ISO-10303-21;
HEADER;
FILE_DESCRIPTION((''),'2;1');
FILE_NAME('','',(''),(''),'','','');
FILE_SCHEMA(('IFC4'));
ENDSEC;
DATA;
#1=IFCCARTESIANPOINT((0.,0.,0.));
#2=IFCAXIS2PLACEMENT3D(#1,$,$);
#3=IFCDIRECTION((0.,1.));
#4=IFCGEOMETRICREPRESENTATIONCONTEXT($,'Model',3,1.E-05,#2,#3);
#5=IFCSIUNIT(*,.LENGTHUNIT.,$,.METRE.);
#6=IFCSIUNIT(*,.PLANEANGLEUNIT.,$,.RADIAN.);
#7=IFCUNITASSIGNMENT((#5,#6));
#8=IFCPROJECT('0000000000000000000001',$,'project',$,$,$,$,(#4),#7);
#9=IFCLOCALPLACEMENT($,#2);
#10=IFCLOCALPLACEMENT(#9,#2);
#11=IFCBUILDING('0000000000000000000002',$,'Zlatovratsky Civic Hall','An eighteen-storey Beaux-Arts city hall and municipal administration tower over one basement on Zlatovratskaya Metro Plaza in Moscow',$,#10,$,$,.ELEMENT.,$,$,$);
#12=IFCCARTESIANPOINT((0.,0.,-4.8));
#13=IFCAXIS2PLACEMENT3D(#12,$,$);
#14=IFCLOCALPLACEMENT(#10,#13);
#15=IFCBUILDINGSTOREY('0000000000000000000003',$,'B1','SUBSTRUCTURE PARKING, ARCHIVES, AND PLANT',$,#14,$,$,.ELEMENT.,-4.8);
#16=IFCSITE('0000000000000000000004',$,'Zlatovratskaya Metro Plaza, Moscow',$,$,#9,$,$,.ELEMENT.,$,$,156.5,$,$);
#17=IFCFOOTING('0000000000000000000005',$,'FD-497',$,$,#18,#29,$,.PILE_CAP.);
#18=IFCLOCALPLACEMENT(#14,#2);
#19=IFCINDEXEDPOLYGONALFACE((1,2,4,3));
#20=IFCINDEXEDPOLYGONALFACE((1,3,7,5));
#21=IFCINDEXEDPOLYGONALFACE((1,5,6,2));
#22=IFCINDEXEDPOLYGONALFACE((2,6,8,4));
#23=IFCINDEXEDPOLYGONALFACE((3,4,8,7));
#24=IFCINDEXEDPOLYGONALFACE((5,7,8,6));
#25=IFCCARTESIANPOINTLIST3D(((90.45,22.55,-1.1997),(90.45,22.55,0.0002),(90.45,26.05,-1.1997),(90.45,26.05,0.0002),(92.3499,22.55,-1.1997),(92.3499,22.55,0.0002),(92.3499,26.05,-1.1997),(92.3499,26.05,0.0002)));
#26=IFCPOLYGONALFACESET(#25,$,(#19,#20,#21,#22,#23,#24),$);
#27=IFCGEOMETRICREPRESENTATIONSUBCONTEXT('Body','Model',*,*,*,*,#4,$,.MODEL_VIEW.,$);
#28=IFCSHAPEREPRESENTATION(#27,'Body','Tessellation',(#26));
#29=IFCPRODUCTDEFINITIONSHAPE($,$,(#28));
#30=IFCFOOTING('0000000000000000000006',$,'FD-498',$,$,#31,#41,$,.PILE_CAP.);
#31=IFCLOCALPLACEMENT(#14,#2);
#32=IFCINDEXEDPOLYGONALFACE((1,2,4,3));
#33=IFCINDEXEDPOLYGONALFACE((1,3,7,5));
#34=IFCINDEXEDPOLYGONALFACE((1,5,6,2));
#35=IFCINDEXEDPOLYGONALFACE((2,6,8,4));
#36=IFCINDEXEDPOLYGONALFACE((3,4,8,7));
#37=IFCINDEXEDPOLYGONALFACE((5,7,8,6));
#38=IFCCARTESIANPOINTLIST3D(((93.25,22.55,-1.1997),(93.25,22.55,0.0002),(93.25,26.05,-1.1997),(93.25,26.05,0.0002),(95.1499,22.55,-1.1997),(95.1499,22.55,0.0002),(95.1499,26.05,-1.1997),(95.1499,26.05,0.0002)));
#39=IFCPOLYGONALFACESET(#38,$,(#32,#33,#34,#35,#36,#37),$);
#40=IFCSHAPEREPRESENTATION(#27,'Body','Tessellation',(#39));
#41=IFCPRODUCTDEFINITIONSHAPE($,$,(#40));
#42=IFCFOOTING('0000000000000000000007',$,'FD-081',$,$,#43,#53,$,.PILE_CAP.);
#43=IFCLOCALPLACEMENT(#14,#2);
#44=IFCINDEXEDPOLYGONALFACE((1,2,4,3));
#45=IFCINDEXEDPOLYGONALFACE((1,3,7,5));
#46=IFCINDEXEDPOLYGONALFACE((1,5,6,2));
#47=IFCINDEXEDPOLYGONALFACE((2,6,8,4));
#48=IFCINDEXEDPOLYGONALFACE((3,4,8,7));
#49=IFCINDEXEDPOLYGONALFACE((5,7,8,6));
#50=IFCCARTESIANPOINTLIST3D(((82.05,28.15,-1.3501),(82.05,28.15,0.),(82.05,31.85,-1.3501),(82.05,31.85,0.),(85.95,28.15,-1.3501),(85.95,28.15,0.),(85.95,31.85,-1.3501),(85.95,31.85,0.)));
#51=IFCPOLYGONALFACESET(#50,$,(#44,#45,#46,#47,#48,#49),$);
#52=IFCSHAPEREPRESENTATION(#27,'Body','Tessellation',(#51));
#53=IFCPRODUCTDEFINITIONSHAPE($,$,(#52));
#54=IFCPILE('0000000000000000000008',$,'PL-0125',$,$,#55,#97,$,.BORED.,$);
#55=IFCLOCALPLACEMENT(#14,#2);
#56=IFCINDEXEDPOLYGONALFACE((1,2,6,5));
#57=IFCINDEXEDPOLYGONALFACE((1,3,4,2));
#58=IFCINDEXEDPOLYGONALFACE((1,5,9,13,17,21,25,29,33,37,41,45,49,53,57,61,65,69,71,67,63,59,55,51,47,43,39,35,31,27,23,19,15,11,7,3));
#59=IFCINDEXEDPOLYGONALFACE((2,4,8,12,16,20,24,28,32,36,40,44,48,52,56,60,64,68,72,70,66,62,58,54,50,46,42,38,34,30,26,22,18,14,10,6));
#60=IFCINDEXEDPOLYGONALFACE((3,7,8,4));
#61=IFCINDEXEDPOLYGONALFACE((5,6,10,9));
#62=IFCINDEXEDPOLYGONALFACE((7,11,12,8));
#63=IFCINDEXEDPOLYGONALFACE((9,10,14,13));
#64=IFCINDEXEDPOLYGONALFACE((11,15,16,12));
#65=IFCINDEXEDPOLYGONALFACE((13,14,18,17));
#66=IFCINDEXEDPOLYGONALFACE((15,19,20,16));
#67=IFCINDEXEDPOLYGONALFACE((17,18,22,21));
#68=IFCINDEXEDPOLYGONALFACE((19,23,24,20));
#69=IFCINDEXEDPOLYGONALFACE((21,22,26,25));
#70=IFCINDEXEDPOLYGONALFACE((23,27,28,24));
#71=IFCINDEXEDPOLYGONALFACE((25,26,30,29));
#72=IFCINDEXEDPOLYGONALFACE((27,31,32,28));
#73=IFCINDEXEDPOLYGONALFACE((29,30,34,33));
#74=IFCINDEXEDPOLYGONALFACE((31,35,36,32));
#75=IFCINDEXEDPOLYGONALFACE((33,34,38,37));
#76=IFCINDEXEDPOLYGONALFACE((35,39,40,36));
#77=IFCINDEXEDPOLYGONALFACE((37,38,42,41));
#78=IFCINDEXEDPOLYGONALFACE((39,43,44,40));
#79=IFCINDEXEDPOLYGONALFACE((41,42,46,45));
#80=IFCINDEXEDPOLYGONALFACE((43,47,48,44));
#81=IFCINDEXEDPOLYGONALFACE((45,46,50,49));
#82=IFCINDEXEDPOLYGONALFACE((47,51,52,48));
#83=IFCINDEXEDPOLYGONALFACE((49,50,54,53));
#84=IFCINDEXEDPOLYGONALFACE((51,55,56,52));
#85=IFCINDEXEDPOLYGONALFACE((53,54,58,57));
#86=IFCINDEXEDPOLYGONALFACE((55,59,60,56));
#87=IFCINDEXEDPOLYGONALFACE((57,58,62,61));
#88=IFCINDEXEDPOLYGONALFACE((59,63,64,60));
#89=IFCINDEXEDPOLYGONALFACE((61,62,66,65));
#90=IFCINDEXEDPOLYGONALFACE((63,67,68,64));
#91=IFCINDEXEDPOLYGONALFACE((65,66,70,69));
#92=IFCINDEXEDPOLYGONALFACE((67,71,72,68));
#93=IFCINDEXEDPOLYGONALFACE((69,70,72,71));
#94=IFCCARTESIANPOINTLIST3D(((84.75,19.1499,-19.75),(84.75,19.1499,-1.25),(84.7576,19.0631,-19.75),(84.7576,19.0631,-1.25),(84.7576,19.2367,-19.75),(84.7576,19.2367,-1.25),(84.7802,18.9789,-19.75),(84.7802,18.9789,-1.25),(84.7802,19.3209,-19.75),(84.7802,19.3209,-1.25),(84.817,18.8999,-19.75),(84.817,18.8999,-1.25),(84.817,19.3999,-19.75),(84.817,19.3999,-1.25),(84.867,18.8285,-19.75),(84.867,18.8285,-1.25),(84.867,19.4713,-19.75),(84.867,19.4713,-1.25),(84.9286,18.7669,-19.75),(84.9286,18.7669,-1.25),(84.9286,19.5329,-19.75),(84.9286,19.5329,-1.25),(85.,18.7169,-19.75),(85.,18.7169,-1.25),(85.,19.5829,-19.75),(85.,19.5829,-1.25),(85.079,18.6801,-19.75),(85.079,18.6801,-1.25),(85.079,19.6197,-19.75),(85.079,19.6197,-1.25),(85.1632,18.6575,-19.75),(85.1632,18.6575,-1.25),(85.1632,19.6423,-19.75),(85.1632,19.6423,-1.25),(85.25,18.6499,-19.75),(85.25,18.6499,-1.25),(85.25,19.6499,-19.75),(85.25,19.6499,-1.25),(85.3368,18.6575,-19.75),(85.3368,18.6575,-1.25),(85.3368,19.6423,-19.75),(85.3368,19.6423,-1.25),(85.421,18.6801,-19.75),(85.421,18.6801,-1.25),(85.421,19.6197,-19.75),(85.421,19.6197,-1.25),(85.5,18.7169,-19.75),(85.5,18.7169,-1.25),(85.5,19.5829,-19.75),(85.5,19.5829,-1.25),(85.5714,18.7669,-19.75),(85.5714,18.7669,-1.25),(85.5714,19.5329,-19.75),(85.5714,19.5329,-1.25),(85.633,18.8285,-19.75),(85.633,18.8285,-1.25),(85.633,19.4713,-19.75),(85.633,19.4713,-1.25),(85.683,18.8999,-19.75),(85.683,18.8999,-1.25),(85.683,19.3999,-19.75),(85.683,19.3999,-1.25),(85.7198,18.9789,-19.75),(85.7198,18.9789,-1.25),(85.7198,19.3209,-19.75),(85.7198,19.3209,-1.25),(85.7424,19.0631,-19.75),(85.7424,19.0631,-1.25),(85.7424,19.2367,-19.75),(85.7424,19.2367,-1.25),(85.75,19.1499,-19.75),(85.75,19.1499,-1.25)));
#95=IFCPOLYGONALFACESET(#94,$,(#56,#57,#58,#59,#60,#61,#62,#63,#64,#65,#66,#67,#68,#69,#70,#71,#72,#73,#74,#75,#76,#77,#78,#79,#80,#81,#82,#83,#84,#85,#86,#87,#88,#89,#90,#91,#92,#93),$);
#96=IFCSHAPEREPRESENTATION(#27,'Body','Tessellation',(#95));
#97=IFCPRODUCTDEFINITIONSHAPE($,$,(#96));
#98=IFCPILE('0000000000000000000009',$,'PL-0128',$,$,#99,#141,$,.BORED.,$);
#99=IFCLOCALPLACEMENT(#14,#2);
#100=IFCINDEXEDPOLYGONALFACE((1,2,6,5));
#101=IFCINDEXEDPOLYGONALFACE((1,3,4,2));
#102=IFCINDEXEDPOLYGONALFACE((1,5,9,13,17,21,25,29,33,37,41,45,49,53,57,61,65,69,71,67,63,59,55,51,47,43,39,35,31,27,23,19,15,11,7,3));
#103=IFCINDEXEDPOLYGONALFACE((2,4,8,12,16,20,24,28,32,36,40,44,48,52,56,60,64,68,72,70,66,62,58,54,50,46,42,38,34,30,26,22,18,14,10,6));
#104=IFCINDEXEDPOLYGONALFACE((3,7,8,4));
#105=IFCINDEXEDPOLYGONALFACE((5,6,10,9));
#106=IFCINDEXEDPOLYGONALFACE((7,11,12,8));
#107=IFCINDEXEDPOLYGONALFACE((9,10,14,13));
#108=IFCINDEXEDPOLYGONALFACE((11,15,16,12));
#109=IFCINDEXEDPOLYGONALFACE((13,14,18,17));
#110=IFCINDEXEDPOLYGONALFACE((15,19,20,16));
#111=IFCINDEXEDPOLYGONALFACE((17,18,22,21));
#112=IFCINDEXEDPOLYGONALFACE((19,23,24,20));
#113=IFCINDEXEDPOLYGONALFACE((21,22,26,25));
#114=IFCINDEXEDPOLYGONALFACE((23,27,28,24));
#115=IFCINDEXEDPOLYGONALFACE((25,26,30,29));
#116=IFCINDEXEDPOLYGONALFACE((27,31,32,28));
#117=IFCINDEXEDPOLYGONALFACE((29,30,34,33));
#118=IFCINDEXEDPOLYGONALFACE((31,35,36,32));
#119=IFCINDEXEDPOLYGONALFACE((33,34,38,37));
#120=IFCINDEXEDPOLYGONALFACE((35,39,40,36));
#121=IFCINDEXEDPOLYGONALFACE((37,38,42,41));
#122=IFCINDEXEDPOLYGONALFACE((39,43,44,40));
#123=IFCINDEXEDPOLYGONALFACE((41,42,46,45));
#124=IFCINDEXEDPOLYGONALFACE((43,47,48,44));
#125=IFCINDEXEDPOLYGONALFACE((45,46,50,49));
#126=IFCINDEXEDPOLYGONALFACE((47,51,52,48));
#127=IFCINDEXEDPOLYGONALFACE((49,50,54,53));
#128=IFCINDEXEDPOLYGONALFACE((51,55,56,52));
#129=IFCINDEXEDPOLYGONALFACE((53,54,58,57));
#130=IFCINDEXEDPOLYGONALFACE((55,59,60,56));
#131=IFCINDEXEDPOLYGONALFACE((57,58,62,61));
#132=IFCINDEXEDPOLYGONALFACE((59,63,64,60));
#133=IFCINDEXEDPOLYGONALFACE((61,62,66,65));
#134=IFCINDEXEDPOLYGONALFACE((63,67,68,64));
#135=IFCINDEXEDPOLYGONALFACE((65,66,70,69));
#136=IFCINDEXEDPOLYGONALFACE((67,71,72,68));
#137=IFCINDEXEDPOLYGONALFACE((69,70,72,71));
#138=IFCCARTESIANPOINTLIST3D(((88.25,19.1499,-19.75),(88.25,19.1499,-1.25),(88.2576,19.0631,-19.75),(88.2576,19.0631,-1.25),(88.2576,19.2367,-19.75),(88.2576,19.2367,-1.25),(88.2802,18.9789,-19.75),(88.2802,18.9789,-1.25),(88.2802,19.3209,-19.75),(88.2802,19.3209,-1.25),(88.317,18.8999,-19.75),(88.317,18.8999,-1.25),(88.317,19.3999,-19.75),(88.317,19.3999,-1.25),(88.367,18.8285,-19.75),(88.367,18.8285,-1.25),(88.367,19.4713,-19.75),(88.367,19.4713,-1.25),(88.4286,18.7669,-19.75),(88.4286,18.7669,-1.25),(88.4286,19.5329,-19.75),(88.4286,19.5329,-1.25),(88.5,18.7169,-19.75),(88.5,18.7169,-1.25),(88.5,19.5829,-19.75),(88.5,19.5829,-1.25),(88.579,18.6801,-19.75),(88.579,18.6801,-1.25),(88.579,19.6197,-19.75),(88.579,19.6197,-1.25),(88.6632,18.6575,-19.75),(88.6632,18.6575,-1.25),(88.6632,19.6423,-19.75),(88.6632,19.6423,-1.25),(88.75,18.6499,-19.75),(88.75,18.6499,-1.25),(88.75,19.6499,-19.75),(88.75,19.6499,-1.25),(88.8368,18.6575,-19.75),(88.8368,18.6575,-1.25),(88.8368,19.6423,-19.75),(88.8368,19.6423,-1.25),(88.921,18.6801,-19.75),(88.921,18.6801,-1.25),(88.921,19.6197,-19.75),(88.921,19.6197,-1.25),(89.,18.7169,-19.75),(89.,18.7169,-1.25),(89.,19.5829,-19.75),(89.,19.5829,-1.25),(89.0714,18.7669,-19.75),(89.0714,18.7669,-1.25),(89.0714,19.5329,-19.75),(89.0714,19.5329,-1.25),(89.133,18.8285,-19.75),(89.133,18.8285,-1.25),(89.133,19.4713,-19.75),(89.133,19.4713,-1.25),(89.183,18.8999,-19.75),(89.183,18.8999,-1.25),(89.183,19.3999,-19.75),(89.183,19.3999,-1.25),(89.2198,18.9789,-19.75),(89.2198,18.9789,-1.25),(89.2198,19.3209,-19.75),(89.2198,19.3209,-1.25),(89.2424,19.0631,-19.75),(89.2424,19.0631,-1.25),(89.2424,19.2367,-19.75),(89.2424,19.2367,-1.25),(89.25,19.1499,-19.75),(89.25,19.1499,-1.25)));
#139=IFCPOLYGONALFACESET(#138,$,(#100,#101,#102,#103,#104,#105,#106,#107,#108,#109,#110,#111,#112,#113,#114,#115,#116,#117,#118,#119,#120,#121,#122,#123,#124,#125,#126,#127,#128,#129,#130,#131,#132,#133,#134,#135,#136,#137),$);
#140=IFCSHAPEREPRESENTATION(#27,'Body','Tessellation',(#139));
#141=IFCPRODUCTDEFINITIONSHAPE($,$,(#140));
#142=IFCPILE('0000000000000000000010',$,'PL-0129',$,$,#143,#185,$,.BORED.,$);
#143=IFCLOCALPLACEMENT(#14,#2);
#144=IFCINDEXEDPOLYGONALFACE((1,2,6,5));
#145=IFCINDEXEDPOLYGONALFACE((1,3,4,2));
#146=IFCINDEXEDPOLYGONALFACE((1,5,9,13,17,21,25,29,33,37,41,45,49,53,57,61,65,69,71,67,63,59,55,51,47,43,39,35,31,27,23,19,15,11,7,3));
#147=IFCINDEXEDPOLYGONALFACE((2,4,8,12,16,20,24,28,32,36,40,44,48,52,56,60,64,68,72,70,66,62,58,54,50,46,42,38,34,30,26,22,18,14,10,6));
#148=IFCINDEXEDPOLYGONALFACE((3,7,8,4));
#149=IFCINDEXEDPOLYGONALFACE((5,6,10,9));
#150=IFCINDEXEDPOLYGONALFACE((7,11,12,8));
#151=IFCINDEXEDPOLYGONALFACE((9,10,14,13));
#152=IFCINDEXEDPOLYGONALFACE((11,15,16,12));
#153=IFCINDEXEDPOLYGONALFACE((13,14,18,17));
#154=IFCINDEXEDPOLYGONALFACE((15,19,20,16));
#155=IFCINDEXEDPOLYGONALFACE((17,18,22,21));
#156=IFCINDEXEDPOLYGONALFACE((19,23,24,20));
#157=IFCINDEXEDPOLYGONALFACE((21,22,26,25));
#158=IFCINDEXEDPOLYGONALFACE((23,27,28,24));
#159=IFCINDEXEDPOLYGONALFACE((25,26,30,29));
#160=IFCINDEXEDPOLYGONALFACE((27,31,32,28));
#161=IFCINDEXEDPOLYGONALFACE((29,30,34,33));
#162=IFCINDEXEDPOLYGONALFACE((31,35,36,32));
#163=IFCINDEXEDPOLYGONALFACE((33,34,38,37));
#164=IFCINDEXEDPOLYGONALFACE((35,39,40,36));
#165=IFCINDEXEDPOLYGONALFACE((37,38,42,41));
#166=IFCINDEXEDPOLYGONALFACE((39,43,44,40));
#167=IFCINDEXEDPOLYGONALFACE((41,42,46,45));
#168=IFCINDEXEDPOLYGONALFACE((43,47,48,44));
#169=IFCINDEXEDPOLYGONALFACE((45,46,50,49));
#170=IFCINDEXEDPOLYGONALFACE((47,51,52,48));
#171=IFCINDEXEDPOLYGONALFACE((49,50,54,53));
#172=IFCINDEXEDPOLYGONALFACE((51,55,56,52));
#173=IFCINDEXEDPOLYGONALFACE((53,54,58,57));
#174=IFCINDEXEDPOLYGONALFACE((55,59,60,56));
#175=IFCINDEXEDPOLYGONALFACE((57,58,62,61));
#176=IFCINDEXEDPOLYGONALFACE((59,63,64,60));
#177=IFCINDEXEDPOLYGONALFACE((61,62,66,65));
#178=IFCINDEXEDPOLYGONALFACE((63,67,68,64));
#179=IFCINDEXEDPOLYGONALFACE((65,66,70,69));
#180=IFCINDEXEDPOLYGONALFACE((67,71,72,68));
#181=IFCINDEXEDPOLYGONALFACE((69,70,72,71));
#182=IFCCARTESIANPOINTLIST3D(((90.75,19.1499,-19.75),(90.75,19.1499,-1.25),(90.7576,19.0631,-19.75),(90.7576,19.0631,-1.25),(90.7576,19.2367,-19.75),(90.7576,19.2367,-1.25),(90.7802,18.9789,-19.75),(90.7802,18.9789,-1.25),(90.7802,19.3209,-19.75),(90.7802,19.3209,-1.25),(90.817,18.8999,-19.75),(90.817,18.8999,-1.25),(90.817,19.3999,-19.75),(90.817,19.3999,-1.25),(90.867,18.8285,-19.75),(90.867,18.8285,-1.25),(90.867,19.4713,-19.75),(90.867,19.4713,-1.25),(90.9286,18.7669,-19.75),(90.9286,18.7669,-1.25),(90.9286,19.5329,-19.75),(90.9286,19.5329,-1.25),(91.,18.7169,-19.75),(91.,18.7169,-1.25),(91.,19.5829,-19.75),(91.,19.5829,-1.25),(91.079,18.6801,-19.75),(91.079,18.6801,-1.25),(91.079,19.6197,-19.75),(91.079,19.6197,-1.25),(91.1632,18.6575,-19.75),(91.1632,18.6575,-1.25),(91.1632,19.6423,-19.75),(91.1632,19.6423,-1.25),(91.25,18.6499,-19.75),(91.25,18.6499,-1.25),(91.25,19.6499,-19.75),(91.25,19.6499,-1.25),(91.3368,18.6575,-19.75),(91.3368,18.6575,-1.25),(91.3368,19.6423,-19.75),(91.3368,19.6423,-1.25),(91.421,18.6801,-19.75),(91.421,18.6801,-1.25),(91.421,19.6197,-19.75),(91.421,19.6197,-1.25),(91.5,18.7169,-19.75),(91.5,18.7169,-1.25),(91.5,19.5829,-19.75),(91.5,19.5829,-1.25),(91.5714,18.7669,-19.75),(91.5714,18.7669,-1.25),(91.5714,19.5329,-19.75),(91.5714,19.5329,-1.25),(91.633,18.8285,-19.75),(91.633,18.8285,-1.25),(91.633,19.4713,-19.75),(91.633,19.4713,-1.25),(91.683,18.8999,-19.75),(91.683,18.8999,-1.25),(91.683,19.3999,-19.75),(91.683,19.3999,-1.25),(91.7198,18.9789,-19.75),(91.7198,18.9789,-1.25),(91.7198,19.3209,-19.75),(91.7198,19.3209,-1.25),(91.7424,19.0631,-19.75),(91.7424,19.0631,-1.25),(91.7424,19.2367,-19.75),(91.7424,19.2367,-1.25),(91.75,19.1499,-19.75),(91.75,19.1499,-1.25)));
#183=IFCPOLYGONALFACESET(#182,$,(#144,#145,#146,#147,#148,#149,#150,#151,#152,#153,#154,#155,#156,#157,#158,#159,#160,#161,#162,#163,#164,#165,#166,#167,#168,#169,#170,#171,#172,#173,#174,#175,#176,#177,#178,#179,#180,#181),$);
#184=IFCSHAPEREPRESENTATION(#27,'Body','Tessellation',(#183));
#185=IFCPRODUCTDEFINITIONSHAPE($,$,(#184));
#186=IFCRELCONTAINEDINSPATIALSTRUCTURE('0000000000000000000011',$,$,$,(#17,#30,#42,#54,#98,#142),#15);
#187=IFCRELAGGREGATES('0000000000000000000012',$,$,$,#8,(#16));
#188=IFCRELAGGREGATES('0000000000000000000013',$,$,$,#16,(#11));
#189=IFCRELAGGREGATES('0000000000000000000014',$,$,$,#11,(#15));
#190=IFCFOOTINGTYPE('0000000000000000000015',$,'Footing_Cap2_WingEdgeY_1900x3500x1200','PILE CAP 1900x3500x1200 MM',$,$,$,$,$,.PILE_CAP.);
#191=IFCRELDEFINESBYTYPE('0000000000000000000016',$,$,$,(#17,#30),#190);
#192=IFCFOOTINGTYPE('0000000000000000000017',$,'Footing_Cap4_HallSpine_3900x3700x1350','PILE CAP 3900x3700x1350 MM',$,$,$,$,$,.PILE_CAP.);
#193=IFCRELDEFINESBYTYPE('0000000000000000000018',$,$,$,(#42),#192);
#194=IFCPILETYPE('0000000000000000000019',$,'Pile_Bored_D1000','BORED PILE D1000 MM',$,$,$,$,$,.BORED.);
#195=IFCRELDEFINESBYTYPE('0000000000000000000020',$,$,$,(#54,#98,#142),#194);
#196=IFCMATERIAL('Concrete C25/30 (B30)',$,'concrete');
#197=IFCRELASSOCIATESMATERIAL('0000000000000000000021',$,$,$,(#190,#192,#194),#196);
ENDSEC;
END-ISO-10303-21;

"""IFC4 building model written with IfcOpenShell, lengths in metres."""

from ifc_helpers import new_model, si_unit, direction, frame, origin, origin_2d, place, context, subcontext, project, spatial, rectangle, circle, extrude, material, material_profile, profile_set, type_object, element, save


model = new_model("IFC4")

# Units and contexts
model_context = context("Model", 3, precision=1e-05, world=origin(), true_north=direction((0.0, 1.0)))
body_context = subcontext(model_context, "Body", "Model", "MODEL_VIEW")
ifc_project = project(units=[si_unit("LENGTHUNIT", "METRE"), si_unit("PLANEANGLEUNIT", "RADIAN")], contexts=[model_context])

# Site, building, storey
site_placement = place(None, origin())
site = spatial("IfcSite", under=ifc_project, at=site_placement, Name="Zlatovratskaya Metro Plaza, Moscow", CompositionType="ELEMENT", RefElevation=156.5)
building_placement = place(site_placement, origin())
building = spatial("IfcBuilding", under=site, at=building_placement, Name="Zlatovratsky Civic Hall", Description="An eighteen-storey Beaux-Arts city hall and municipal administration tower over one basement on Zlatovratskaya Metro Plaza in Moscow", CompositionType="ELEMENT")
storey_placement = place(building_placement, frame((0.0, 0.0, -4.8)))
storey = spatial("IfcBuildingStorey", under=building, at=storey_placement, Name="B1", Description="SUBSTRUCTURE PARKING, ARCHIVES, AND PLANT", CompositionType="ELEMENT", Elevation=-4.8)

# Footings
ifc_material_1 = material(Name="Concrete C25/30 (B30)", Category="concrete")
footing_type_1 = type_object("IfcFootingType", Name="Footing_Cap2_WingEdgeY_1900x3500x1200", Description="PILE CAP 1900x3500x1200 MM", PredefinedType="PILE_CAP", material=ifc_material_1)
for number, where, z_axis, x_axis, name in (
    (1, (91.3999, 24.3, -1.1997), (0.0, 0.0, 1.0), (1.0, 0.0, 0.0), "FD-497"),
    (2, (94.2, 24.3, -1.1997), (0.0, 0.0, 1.0), (1.0, 0.0, 0.0), "FD-498"),
):
    element("IfcFooting", number, at=place(storey_placement, frame(where, z_axis=z_axis, x_axis=x_axis)), inside=storey, type_object=footing_type_1, Name=name, PredefinedType="PILE_CAP", context=body_context, shape_type="SweptSolid", body=[
        extrude(rectangle(XDim=1.8999, YDim=3.5, at=origin_2d()), origin(), (0.0, 0.0, 1.0), 1.2),
    ])
footing_type_2 = type_object("IfcFootingType", Name="Footing_Cap4_HallSpine_3900x3700x1350", Description="PILE CAP 3900x3700x1350 MM", PredefinedType="PILE_CAP", material=ifc_material_1)
footing_placement = place(storey_placement, frame((84.0, 30.0, -1.3501), z_axis=(0.0, 0.0, 1.0), x_axis=(1.0, 0.0, 0.0)))
element("IfcFooting", 3, at=footing_placement, inside=storey, type_object=footing_type_2, Name="FD-081", PredefinedType="PILE_CAP", context=body_context, shape_type="SweptSolid", body=[
    extrude(rectangle(XDim=3.8999, YDim=3.7, at=origin_2d()), origin(), (0.0, 0.0, 1.0), 1.3501),
])

# Piles
ifc_material_profile_1 = material_profile(ifc_material_1, circle(Radius=0.5, at=origin_2d()), Name="PILE D1000")
ifc_profile_set_1 = profile_set([ifc_material_profile_1], Name="Concrete C25/30 (B30)")
pile_type_1 = type_object("IfcPileType", Name="Pile_Bored_D1000", Description="BORED PILE D1000 MM", PredefinedType="BORED", material=ifc_profile_set_1)
for number, where, z_axis, x_axis, name in (
    (4, (85.25, 19.1499, -1.25), (0.0, 0.0, -1.0), (1.0, 0.0, 0.0), "PL-0125"),
    (5, (88.75, 19.1499, -1.25), (0.0, 0.0, -1.0), (1.0, 0.0, 0.0), "PL-0128"),
    (6, (91.25, 19.1499, -1.25), (0.0, 0.0, -1.0), (1.0, 0.0, 0.0), "PL-0129"),
):
    element("IfcPile", number, at=place(storey_placement, frame(where, z_axis=z_axis, x_axis=x_axis)), inside=storey, type_object=pile_type_1, Name=name, PredefinedType="BORED", context=body_context, shape_type="SweptSolid", body=[
        extrude(circle(Radius=0.5, at=origin_2d()), origin(), (0.0, 0.0, 1.0), 18.5),
    ])

save(model, "model.ifc")
